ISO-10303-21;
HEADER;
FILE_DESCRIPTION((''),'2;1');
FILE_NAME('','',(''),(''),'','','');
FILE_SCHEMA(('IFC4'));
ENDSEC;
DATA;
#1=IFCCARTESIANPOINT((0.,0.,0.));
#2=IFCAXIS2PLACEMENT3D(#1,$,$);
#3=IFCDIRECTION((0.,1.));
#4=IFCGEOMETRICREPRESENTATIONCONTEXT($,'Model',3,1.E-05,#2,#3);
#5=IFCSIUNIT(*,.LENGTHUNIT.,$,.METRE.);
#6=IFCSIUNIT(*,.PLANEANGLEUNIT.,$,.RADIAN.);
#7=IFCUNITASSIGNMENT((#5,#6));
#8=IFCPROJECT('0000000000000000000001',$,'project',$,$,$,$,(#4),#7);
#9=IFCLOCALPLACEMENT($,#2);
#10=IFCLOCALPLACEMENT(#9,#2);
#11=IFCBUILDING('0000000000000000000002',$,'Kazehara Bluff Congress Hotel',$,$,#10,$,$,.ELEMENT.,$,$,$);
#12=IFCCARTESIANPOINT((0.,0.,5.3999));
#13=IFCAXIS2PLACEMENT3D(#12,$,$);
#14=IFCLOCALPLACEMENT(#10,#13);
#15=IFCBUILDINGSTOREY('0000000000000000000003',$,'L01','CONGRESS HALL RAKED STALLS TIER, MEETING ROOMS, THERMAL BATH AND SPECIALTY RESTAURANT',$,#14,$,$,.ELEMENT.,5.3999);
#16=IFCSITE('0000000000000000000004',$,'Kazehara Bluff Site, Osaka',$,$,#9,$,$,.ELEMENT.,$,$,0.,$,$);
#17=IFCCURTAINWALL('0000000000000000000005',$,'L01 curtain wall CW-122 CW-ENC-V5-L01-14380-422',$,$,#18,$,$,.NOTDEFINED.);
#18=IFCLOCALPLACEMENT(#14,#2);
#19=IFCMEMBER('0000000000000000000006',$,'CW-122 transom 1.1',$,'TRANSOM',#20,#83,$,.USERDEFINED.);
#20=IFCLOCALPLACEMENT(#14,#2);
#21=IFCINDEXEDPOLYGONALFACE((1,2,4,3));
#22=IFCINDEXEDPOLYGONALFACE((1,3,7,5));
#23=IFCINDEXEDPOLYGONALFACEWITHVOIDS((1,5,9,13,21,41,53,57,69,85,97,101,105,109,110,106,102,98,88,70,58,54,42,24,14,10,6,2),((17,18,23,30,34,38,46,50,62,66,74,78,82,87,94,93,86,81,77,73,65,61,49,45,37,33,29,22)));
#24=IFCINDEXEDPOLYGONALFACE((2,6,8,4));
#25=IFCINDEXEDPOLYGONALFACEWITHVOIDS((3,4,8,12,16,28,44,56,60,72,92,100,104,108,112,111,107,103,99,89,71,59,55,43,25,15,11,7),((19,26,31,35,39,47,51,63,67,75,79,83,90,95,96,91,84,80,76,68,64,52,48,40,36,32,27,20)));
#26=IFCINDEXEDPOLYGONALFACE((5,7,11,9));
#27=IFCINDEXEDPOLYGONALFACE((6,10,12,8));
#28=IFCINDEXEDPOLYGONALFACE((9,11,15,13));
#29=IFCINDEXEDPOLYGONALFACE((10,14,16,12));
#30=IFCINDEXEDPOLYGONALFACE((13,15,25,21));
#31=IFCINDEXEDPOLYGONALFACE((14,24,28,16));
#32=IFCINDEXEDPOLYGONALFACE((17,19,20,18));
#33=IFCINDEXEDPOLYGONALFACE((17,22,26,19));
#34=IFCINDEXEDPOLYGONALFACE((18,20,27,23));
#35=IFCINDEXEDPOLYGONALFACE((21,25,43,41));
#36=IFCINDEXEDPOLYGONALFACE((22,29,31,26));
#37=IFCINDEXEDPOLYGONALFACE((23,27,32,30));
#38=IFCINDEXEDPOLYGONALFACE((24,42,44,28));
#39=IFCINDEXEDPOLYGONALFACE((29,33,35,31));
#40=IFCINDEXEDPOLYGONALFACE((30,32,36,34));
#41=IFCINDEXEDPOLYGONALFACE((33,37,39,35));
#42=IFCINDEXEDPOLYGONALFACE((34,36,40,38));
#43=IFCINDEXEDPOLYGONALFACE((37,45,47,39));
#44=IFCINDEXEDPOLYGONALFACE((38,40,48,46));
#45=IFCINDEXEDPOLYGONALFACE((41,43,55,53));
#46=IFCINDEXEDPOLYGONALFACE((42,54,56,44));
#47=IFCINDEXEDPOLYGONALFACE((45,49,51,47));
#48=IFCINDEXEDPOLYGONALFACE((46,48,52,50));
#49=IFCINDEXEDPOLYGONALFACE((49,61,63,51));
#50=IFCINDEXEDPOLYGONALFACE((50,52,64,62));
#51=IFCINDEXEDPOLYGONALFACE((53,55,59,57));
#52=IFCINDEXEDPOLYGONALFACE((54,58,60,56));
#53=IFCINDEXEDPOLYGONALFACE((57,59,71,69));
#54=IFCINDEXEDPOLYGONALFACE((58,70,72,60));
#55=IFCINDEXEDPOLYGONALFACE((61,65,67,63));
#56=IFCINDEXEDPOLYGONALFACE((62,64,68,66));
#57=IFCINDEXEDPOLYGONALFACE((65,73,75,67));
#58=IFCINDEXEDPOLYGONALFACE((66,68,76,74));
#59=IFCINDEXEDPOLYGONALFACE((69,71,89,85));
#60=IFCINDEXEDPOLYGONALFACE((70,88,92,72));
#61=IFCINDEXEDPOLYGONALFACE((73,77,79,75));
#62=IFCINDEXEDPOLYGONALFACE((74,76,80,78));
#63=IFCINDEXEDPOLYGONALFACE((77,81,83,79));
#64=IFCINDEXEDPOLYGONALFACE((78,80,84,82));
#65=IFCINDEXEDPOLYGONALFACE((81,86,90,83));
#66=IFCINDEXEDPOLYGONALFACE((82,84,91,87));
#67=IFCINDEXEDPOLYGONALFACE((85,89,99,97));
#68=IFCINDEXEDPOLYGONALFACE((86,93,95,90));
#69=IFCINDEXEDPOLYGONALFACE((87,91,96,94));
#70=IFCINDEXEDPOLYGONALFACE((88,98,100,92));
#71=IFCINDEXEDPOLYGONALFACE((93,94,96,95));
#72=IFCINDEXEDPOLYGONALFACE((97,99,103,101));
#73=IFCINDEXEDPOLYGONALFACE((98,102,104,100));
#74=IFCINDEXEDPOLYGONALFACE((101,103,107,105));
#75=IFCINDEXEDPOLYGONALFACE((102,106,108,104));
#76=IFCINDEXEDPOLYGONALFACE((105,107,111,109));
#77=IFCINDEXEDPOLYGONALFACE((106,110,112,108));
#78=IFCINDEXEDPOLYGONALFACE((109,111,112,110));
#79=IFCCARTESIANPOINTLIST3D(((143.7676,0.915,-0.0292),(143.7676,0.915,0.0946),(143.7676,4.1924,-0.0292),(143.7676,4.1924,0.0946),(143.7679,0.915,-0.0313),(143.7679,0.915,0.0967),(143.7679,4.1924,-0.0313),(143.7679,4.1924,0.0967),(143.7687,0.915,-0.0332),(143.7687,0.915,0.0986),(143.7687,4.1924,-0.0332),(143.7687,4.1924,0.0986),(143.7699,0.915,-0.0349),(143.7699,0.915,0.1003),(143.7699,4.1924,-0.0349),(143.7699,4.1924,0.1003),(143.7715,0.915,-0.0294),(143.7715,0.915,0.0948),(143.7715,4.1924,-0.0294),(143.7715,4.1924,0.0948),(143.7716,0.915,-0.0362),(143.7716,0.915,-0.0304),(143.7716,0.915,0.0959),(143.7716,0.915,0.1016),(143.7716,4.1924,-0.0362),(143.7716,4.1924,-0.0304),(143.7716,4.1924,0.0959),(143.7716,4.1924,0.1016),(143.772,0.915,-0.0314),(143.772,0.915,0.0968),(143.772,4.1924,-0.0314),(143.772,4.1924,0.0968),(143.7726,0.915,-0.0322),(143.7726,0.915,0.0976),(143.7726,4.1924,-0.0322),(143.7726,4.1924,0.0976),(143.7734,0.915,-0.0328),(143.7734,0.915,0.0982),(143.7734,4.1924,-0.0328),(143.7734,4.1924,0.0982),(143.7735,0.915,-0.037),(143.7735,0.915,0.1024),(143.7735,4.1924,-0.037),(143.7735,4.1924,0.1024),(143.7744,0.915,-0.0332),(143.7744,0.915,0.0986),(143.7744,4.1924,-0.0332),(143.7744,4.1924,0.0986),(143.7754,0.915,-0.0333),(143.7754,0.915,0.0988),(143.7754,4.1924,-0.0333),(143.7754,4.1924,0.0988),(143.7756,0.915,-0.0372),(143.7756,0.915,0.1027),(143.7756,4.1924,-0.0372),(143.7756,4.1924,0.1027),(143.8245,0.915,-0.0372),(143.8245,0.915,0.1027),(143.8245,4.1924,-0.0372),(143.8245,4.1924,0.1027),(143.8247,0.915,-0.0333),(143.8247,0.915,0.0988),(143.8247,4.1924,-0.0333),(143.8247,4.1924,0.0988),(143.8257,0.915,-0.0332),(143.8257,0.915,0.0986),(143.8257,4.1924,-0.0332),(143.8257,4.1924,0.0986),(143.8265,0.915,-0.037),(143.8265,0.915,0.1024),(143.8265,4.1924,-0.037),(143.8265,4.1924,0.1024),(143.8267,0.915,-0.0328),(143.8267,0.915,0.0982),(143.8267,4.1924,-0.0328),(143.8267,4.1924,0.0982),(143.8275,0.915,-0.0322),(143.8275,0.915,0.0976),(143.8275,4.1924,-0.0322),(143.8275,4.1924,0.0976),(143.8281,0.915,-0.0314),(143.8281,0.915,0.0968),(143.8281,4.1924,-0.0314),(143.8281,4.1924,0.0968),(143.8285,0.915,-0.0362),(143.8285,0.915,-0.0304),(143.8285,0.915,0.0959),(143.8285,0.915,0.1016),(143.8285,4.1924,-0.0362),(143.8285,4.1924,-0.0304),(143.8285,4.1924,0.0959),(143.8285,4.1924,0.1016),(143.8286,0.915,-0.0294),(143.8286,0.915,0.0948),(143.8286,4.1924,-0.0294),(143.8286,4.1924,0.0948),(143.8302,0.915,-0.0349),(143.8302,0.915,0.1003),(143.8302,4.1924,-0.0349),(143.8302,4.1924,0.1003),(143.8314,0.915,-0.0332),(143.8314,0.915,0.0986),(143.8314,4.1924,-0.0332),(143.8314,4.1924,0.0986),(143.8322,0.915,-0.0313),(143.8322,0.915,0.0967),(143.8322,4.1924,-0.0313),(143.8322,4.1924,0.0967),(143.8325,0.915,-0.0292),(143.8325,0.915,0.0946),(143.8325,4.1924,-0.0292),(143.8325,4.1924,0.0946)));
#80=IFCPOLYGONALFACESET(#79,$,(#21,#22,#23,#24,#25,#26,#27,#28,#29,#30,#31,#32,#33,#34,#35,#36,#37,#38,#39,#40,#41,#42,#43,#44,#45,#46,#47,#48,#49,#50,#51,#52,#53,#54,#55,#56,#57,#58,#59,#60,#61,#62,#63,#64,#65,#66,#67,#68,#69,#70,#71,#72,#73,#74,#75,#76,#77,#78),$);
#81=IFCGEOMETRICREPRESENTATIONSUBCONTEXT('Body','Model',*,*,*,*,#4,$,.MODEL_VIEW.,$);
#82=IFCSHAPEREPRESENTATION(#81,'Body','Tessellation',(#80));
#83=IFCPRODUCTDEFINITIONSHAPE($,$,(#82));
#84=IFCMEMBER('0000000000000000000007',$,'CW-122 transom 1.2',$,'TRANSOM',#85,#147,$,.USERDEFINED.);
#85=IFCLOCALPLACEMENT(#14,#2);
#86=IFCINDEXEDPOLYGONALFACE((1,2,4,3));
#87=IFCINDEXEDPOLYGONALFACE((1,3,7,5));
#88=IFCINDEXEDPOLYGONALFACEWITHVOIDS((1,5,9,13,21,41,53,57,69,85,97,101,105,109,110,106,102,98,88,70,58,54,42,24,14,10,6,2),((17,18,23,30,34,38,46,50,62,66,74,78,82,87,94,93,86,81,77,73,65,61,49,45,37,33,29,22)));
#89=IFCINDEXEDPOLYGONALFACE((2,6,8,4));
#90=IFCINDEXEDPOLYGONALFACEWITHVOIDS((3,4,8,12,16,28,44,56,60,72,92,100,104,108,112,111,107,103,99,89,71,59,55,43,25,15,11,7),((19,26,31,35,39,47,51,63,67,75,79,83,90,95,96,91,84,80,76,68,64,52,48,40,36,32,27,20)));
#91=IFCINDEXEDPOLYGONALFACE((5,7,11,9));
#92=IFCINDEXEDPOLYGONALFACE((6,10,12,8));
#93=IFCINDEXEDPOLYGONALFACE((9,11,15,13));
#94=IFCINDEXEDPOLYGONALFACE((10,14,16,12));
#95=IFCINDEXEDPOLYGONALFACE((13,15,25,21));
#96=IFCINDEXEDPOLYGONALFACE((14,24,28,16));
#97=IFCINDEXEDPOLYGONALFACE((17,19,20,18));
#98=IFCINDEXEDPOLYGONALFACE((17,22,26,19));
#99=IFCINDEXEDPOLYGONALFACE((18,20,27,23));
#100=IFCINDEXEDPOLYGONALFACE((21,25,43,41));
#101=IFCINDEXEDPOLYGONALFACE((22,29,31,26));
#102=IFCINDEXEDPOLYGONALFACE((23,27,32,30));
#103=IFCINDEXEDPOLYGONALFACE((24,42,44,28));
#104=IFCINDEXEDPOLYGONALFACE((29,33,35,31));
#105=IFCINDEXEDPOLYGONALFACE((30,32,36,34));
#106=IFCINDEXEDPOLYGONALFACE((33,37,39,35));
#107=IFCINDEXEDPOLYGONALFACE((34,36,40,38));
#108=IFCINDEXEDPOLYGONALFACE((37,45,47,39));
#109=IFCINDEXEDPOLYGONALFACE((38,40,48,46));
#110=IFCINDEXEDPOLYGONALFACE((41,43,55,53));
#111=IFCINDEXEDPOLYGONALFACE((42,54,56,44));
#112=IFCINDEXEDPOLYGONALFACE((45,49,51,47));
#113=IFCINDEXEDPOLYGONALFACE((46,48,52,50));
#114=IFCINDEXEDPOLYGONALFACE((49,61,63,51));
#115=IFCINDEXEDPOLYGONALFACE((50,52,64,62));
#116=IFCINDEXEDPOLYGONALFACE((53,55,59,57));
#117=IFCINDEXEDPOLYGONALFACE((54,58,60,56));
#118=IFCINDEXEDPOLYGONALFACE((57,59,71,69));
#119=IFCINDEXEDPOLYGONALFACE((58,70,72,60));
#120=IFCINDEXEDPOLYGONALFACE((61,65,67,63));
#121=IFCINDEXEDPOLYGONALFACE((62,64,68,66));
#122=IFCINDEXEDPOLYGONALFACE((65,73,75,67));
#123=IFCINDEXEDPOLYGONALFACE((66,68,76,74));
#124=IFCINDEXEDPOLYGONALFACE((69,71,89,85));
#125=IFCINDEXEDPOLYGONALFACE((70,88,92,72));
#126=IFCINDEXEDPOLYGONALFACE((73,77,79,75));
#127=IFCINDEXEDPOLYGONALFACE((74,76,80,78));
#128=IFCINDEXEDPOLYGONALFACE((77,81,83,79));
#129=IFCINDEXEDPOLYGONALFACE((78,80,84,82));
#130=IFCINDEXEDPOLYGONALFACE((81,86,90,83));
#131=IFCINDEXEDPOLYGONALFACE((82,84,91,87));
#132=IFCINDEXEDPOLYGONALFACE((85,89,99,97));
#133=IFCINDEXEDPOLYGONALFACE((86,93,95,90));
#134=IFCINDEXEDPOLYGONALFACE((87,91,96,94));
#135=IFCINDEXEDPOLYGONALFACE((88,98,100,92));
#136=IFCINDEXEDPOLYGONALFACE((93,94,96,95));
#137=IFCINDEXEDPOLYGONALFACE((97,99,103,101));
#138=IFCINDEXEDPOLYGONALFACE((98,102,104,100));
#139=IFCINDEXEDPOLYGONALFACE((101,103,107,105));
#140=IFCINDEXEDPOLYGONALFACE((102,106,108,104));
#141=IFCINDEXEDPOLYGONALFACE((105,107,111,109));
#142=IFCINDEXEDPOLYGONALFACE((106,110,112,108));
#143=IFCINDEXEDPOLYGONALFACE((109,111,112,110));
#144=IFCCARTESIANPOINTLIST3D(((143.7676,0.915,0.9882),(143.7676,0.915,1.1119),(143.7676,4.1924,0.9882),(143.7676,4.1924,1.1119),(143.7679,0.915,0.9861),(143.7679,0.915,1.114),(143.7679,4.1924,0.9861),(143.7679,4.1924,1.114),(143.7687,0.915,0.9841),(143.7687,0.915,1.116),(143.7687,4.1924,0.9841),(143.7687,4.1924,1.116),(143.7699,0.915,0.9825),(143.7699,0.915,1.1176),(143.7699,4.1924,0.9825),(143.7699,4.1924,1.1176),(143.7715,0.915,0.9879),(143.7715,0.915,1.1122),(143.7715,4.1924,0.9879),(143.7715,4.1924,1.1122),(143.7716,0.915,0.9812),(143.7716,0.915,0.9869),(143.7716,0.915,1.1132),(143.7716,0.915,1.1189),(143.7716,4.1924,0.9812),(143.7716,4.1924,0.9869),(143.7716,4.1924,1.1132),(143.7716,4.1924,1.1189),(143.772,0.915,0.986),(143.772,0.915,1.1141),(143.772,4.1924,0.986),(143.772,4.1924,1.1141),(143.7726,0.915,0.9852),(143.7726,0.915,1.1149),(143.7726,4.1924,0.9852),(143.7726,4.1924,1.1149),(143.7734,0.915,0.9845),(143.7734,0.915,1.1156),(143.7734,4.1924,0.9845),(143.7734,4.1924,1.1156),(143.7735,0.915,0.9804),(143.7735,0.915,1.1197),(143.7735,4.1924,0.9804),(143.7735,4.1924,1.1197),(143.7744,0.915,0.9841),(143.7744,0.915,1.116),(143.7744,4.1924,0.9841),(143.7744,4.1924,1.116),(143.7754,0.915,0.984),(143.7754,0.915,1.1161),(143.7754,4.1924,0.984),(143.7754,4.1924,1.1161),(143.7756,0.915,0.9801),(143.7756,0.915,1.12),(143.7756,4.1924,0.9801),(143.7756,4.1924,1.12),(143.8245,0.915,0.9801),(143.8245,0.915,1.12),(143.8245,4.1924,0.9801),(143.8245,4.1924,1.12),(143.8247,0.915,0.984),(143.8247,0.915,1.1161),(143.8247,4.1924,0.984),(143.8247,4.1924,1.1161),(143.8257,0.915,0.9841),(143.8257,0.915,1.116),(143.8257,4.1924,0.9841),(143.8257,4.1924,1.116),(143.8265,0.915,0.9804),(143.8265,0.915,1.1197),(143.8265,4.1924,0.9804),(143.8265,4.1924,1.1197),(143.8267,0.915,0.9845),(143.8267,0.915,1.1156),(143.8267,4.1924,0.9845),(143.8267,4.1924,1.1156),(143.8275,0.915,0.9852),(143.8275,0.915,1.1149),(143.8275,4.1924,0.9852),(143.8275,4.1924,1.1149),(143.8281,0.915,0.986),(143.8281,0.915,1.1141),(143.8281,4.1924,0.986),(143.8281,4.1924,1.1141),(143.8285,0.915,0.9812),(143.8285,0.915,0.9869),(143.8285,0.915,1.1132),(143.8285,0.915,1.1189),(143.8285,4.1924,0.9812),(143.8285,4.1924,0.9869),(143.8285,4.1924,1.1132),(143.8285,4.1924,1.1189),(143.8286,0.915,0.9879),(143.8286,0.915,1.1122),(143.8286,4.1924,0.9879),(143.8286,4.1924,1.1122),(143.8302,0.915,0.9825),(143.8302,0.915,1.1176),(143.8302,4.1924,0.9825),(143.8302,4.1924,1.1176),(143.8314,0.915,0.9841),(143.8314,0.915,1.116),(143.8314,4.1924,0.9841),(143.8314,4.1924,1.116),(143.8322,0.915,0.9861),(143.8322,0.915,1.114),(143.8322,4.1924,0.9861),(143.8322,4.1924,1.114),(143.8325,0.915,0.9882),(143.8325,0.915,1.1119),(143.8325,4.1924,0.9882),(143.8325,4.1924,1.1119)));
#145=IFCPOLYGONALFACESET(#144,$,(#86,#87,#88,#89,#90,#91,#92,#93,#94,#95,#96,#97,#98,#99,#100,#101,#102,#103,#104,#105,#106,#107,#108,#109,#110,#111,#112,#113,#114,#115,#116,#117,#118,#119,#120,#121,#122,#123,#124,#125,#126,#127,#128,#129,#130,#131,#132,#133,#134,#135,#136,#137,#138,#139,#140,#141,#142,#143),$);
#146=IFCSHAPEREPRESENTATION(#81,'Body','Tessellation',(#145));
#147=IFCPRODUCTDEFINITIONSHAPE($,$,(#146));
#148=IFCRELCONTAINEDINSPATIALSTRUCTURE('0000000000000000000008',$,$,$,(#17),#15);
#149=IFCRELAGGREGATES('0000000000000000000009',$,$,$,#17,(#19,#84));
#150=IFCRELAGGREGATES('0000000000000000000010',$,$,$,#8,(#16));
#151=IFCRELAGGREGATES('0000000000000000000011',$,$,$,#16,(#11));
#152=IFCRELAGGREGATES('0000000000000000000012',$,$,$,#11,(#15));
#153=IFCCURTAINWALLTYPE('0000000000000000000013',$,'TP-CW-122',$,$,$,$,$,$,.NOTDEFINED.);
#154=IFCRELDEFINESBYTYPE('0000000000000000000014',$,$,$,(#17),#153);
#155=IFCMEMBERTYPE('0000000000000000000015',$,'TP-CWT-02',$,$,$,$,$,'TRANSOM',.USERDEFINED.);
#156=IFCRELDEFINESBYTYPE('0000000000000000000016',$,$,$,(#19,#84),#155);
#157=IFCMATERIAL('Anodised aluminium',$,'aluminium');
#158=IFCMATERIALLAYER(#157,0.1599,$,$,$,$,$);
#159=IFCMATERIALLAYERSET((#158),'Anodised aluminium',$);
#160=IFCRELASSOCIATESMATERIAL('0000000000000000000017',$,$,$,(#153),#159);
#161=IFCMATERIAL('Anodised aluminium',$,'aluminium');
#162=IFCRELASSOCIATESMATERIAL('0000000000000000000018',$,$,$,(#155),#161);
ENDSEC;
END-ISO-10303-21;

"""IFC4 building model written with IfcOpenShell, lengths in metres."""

from ifc_helpers import new_model, si_unit, direction, frame, origin, origin_2d, place, context, subcontext, project, spatial, hollow_rectangle, extrude, material, layer, layer_set, material_profile, profile_set, type_object, element, aggregate, save


model = new_model("IFC4")

# Units and contexts
model_context = context("Model", 3, precision=1e-05, world=origin(), true_north=direction((0.0, 1.0)))
body_context = subcontext(model_context, "Body", "Model", "MODEL_VIEW")
ifc_project = project(units=[si_unit("LENGTHUNIT", "METRE"), si_unit("PLANEANGLEUNIT", "RADIAN")], contexts=[model_context])

# Site, building, storey
site_placement = place(None, origin())
site = spatial("IfcSite", under=ifc_project, at=site_placement, Name="Kazehara Bluff Site, Osaka", CompositionType="ELEMENT", RefElevation=0.0)
building_placement = place(site_placement, origin())
building = spatial("IfcBuilding", under=site, at=building_placement, Name="Kazehara Bluff Congress Hotel", CompositionType="ELEMENT")
storey_placement = place(building_placement, frame((0.0, 0.0, 5.3999)))
storey = spatial("IfcBuildingStorey", under=building, at=storey_placement, Name="L01", Description="CONGRESS HALL RAKED STALLS TIER, MEETING ROOMS, THERMAL BATH AND SPECIALTY RESTAURANT", CompositionType="ELEMENT", Elevation=5.3999)

# Curtain wall
ifc_material_1 = material(Name="Anodised aluminium", Category="aluminium")
ifc_layer_1 = layer(ifc_material_1, 0.1599)
ifc_layer_set_1 = layer_set([ifc_layer_1], Name="Anodised aluminium")
curtain_wall_type_1 = type_object("IfcCurtainWallType", Name="TP-CW-122", PredefinedType="NOTDEFINED", material=ifc_layer_set_1)
curtain_wall_1_placement = place(storey_placement, origin())
curtain_wall_1 = element("IfcCurtainWall", 1, at=curtain_wall_1_placement, inside=storey, type_object=curtain_wall_type_1, Name="L01 curtain wall CW-122 CW-ENC-V5-L01-14380-422", PredefinedType="NOTDEFINED")

# Members
ifc_material_2 = material(Name="Anodised aluminium", Category="aluminium")
ifc_material_profile_1 = material_profile(ifc_material_2, hollow_rectangle(XDim=0.0649, YDim=0.1399, WallThickness=0.0039, InnerFilletRadius=0.0039, OuterFilletRadius=0.0081, at=origin_2d()))
ifc_profile_set_1 = profile_set([ifc_material_profile_1], Name="Anodised aluminium")
member_type_1 = type_object("IfcMemberType", Name="TP-CWT-02", ElementType="TRANSOM", PredefinedType="USERDEFINED", material=ifc_profile_set_1)
member_1_placement = place(storey_placement, frame((143.8, 0.915, 0.0327), z_axis=(0.0, 1.0, 0.0), x_axis=(-1.0, 0.0, 0.0)))
member_1 = element("IfcMember", 2, at=member_1_placement, type_object=member_type_1, Name="CW-122 transom 1.1", ObjectType="TRANSOM", PredefinedType="USERDEFINED", context=body_context, shape_type="SweptSolid", body=[
    extrude(hollow_rectangle(XDim=0.0649, YDim=0.1399, WallThickness=0.0039, InnerFilletRadius=0.0039, OuterFilletRadius=0.0081, at=origin_2d()), origin(), (0.0, 0.0, 1.0), 3.2773),
])
member_2_placement = place(storey_placement, frame((143.8, 0.915, 1.05), z_axis=(0.0, 1.0, 0.0), x_axis=(-1.0, 0.0, 0.0)))
member_2 = element("IfcMember", 3, at=member_2_placement, type_object=member_type_1, Name="CW-122 transom 1.2", ObjectType="TRANSOM", PredefinedType="USERDEFINED", context=body_context, shape_type="SweptSolid", body=[
    extrude(hollow_rectangle(XDim=0.0649, YDim=0.1399, WallThickness=0.0039, InnerFilletRadius=0.0039, OuterFilletRadius=0.0081, at=origin_2d()), origin(), (0.0, 0.0, 1.0), 3.2773),
])

aggregate(curtain_wall_1, [member_1, member_2])

save(model, "model.ifc")
